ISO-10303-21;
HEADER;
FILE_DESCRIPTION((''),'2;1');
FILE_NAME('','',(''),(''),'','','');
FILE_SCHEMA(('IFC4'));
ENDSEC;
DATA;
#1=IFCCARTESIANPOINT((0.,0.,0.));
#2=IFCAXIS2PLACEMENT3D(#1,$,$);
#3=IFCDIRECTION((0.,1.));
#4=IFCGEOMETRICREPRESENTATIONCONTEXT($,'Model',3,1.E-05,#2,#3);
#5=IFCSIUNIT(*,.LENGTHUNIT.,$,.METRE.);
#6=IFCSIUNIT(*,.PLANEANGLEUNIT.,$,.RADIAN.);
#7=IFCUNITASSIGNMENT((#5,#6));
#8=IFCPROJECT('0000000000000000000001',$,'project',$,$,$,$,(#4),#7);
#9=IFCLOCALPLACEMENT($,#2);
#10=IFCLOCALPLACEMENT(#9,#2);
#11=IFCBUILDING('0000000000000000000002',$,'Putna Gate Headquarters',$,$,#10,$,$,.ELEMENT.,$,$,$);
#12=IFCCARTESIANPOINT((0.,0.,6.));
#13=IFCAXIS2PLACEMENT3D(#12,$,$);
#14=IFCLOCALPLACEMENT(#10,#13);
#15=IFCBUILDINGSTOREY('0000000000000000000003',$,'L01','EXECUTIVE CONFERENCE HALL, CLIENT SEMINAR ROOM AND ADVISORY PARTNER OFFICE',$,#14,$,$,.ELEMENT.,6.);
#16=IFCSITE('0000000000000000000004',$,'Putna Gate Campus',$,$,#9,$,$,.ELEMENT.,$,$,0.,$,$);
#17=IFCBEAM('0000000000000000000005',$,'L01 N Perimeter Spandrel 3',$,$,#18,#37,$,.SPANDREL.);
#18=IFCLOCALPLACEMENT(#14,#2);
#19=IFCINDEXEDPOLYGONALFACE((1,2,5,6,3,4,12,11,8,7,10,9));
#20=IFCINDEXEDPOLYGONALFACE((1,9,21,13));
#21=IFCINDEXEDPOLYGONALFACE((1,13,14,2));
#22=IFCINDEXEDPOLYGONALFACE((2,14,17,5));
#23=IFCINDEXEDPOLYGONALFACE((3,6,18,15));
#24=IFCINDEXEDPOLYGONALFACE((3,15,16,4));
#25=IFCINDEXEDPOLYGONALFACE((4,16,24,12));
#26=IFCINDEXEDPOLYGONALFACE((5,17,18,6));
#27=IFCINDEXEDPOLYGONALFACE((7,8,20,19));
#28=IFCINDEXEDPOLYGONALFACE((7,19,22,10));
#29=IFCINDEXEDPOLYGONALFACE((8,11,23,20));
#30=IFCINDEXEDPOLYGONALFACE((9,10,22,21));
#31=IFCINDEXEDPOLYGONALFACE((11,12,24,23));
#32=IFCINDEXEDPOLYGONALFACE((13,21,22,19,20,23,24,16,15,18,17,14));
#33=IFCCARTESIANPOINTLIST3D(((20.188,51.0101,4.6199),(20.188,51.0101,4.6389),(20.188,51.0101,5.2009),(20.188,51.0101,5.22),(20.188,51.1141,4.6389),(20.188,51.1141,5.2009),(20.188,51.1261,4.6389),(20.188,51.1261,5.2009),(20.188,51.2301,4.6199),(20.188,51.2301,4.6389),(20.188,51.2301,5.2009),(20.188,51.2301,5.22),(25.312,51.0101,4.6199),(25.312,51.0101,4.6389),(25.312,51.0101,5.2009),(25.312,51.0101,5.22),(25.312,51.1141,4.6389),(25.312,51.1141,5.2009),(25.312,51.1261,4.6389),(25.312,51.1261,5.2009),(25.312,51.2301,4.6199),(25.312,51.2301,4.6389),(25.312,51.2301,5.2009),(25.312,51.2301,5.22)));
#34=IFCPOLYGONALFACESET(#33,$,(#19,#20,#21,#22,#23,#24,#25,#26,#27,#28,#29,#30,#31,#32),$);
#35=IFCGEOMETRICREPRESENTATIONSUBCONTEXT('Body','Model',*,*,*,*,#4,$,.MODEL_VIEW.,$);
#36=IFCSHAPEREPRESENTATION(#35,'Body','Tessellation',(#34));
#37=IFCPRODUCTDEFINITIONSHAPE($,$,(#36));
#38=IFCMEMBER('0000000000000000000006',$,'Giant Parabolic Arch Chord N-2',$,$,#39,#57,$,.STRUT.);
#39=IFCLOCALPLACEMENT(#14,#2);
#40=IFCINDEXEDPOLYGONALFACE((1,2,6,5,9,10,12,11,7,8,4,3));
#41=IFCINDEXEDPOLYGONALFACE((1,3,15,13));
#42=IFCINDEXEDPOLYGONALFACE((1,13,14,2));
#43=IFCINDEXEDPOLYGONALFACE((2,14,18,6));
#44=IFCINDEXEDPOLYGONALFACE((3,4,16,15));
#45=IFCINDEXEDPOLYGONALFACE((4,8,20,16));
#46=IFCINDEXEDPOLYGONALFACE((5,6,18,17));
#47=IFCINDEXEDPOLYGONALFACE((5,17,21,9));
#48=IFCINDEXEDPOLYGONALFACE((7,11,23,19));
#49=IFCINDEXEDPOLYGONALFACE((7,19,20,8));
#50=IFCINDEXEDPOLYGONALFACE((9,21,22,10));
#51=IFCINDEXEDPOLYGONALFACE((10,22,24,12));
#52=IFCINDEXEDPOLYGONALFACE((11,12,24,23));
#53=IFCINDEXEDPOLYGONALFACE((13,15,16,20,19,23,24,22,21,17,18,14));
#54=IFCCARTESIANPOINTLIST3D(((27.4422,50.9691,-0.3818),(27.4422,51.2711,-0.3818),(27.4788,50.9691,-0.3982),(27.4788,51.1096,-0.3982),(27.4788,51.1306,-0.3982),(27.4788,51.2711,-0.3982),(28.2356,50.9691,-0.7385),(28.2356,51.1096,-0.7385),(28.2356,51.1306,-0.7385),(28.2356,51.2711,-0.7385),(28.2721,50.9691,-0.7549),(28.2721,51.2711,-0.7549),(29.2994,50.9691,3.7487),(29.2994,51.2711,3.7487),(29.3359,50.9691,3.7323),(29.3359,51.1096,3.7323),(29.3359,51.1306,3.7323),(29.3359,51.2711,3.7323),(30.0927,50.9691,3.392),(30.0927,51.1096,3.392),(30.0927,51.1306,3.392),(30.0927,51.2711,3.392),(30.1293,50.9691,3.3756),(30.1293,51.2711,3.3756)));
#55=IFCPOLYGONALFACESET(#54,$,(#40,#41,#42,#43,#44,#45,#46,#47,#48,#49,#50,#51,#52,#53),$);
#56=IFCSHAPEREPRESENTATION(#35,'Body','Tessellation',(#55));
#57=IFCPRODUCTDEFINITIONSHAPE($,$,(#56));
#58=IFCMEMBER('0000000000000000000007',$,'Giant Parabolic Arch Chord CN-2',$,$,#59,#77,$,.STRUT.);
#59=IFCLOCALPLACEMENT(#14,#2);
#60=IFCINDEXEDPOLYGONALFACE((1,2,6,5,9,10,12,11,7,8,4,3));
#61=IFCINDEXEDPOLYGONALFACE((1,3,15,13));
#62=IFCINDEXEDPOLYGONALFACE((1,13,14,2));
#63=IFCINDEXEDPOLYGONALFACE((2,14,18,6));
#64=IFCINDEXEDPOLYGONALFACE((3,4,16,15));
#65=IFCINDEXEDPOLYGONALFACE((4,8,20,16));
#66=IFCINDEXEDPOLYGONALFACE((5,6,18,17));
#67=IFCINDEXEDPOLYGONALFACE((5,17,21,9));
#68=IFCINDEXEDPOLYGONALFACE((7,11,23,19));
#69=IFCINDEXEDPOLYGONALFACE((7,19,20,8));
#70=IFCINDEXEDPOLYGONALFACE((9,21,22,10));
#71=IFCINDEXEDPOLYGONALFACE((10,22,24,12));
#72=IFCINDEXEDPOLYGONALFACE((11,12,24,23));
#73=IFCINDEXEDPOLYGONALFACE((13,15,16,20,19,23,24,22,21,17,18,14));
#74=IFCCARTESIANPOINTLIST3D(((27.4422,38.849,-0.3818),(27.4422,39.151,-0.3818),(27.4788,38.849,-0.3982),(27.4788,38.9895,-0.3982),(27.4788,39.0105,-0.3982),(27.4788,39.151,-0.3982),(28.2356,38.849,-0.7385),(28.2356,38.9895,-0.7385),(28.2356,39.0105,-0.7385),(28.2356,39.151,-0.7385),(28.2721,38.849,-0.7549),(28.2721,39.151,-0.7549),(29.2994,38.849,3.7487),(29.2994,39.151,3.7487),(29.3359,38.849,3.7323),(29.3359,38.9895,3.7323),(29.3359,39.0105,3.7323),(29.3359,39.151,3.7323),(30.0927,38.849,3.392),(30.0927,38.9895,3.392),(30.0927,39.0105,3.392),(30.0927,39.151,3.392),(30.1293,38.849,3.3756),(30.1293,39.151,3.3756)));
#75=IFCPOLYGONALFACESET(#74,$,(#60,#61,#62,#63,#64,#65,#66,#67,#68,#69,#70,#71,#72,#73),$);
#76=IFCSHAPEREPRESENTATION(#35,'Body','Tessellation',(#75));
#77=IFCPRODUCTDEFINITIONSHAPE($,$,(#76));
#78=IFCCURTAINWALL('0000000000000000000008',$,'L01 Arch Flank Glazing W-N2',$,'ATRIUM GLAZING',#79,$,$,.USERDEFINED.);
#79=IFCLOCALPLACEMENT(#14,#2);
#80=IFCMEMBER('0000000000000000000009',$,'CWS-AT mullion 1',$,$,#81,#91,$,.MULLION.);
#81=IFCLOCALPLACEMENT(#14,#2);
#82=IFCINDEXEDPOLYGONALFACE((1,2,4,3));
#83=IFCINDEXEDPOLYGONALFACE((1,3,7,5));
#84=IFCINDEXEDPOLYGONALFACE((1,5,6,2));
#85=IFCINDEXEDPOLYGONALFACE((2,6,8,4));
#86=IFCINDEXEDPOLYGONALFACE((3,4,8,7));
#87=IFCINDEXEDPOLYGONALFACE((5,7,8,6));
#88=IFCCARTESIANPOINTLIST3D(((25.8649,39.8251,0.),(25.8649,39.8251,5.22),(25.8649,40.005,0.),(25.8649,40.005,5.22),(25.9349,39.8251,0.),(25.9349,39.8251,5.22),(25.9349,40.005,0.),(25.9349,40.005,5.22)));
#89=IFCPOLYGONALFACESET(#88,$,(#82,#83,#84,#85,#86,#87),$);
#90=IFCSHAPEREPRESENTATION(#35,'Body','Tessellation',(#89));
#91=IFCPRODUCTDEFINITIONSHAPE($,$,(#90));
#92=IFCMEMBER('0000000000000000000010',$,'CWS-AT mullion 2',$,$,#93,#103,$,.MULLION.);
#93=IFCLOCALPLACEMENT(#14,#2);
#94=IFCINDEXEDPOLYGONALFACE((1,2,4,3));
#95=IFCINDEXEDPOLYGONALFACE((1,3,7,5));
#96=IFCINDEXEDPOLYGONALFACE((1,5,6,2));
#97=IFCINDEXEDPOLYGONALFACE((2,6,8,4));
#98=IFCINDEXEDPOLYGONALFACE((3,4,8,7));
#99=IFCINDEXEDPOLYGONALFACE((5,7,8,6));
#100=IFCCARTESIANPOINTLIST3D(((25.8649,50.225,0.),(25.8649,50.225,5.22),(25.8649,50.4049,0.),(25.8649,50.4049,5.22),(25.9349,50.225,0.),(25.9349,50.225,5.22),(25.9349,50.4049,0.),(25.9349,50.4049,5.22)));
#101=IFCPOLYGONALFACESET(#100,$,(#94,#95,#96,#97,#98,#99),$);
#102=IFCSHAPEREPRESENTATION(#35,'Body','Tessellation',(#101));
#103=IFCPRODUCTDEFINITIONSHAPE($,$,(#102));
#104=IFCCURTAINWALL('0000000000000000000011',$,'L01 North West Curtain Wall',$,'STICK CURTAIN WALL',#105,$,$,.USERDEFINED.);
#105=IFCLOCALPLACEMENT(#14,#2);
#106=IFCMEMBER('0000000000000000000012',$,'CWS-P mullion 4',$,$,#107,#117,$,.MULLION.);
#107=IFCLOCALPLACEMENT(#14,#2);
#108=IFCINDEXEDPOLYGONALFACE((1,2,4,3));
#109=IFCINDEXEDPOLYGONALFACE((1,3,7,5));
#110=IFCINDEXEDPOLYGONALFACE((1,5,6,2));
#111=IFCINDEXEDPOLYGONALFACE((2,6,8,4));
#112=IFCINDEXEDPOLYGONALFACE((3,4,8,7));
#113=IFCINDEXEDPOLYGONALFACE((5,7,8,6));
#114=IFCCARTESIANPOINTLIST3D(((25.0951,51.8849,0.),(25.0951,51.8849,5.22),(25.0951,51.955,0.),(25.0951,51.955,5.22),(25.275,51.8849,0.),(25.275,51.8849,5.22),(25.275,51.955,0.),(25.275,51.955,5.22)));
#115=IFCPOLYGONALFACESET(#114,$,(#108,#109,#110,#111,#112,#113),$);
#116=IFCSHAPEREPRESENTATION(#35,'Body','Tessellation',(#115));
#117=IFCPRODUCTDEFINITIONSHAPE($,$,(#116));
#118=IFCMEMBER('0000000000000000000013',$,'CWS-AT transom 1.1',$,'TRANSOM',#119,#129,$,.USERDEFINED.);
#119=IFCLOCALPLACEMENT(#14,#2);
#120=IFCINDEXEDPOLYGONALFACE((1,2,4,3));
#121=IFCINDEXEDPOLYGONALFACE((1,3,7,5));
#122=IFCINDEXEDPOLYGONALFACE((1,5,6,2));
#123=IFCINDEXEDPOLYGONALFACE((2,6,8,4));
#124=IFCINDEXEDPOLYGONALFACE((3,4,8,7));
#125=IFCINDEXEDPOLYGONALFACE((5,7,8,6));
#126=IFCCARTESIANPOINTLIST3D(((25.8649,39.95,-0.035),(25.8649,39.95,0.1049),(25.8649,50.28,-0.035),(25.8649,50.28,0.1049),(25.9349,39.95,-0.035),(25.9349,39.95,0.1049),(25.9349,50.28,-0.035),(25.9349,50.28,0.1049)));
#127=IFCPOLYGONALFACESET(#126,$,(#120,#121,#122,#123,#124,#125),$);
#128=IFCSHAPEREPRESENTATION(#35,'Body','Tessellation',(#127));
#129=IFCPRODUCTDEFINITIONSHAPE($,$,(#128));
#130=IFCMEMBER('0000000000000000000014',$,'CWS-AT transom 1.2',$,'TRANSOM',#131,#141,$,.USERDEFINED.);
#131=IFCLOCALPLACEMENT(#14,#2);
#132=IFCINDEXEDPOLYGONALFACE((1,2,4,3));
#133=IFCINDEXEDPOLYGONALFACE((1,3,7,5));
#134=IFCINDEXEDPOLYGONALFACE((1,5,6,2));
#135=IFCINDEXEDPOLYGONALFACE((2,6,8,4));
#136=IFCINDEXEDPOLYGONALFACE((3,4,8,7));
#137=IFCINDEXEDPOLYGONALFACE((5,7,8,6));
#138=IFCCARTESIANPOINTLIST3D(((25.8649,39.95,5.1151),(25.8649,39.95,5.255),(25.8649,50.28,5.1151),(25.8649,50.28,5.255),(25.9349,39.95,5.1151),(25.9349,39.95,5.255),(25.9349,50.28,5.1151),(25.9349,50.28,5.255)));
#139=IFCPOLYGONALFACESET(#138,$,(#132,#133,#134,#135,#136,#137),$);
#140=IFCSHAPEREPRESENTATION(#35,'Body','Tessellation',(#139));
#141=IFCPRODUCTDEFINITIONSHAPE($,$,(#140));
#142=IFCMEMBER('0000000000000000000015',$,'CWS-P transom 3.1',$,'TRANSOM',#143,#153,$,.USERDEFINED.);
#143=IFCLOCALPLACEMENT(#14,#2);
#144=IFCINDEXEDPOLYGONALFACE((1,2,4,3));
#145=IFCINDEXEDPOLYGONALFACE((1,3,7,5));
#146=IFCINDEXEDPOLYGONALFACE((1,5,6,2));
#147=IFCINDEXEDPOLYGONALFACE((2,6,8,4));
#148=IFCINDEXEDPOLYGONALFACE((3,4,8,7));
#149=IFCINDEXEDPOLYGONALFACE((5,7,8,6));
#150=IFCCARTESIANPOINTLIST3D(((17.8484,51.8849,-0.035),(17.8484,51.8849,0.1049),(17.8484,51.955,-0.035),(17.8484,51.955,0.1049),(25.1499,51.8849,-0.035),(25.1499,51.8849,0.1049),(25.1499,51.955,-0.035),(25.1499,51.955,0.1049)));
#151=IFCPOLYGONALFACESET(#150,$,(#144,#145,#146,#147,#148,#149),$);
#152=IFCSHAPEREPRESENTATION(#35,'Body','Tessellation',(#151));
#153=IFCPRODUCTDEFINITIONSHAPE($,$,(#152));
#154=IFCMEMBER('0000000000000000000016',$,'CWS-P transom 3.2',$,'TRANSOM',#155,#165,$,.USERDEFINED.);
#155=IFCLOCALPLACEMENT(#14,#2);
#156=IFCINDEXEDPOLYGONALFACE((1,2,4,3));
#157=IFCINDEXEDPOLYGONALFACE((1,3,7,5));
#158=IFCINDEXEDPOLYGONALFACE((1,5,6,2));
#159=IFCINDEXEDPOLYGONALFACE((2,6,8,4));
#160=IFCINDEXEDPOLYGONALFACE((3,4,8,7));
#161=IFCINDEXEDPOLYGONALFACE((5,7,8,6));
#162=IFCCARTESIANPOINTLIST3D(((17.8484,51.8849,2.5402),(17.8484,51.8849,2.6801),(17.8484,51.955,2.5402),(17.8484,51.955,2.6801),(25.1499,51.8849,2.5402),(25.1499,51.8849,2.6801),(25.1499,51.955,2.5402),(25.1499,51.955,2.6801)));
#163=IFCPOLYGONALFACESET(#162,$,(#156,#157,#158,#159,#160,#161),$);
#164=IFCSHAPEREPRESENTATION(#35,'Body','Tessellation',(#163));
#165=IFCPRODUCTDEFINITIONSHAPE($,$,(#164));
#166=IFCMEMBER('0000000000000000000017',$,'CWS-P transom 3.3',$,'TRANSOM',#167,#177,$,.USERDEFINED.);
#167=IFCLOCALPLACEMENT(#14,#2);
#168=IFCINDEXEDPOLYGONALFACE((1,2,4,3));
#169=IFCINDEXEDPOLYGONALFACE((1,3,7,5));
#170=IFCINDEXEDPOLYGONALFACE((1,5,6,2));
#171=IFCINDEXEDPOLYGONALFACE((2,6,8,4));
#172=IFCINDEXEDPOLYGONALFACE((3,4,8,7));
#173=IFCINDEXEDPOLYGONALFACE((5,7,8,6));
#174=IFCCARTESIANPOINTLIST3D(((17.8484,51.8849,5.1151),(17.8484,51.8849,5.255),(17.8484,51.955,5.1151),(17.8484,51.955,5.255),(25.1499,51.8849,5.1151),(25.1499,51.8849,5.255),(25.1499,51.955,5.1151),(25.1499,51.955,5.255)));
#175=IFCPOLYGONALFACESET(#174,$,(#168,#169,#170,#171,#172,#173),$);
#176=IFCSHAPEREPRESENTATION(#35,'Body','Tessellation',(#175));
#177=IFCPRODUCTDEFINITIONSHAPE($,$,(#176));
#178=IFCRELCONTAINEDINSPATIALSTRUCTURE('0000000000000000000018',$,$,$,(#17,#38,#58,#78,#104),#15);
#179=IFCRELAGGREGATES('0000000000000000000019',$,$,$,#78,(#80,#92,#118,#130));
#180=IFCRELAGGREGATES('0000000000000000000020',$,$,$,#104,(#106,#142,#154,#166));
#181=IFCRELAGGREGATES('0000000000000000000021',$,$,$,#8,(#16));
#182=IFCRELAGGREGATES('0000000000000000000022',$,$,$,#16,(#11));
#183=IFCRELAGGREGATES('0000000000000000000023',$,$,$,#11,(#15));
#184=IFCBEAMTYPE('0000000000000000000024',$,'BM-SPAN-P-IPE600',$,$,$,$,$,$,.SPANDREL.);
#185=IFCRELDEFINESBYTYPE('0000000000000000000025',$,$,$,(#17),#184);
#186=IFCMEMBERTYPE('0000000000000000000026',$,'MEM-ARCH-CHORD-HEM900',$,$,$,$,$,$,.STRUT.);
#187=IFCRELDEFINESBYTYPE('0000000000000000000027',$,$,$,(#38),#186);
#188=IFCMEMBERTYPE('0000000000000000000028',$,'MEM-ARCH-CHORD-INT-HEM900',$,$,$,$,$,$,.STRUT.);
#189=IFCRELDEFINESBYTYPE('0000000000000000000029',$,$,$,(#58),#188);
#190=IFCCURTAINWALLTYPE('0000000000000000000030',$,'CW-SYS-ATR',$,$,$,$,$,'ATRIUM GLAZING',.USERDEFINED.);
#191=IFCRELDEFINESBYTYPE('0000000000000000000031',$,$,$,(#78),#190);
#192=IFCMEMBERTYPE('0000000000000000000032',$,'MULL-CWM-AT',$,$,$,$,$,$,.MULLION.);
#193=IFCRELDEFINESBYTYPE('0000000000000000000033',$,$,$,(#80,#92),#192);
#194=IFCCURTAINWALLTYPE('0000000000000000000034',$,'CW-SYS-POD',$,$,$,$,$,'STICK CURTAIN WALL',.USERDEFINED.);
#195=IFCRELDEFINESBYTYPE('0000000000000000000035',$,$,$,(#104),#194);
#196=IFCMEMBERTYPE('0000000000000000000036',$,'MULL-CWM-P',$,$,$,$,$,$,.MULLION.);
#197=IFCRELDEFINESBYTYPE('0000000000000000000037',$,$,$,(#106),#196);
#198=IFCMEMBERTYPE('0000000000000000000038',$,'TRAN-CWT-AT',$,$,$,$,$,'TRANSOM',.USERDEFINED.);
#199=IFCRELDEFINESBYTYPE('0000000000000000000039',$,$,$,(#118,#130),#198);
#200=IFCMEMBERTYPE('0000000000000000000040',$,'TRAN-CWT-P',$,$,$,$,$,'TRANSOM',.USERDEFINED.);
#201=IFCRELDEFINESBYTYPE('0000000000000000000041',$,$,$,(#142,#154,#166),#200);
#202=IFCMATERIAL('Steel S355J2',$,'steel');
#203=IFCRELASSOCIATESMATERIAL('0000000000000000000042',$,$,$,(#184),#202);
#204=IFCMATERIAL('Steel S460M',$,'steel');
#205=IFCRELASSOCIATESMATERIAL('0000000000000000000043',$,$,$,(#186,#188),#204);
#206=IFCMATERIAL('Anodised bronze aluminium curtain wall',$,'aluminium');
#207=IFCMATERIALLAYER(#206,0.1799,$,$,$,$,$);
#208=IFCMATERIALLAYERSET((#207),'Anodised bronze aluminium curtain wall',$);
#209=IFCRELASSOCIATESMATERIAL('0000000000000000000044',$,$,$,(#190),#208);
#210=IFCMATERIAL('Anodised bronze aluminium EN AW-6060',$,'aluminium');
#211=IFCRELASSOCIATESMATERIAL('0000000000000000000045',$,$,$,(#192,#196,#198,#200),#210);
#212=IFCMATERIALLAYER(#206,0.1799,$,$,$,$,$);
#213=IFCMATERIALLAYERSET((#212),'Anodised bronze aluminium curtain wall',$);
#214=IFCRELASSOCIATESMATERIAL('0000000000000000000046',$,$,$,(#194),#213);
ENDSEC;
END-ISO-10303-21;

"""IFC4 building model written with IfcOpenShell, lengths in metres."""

from ifc_helpers import new_model, si_unit, direction, frame, origin, origin_2d, place, context, subcontext, project, spatial, rectangle, i_section, extrude, material, layer, layer_set, material_profile, profile_set, type_object, element, aggregate, save


model = new_model("IFC4")

# Units and contexts
model_context = context("Model", 3, precision=1e-05, world=origin(), true_north=direction((0.0, 1.0)))
body_context = subcontext(model_context, "Body", "Model", "MODEL_VIEW")
ifc_project = project(units=[si_unit("LENGTHUNIT", "METRE"), si_unit("PLANEANGLEUNIT", "RADIAN")], contexts=[model_context])

# Site, building, storey
site_placement = place(None, origin())
site = spatial("IfcSite", under=ifc_project, at=site_placement, Name="Putna Gate Campus", CompositionType="ELEMENT", RefElevation=0.0)
building_placement = place(site_placement, origin())
building = spatial("IfcBuilding", under=site, at=building_placement, Name="Putna Gate Headquarters", CompositionType="ELEMENT")
storey_placement = place(building_placement, frame((0.0, 0.0, 6.0)))
storey = spatial("IfcBuildingStorey", under=building, at=storey_placement, Name="L01", Description="EXECUTIVE CONFERENCE HALL, CLIENT SEMINAR ROOM AND ADVISORY PARTNER OFFICE", CompositionType="ELEMENT", Elevation=6.0)

# Beam
ifc_material_1 = material(Name="Steel S355J2", Category="steel")
ifc_material_profile_1 = material_profile(ifc_material_1, i_section(OverallWidth=0.22, OverallDepth=0.6001, WebThickness=0.012, FlangeThickness=0.019, at=origin_2d()), Name="Steel S355J2")
ifc_profile_set_1 = profile_set([ifc_material_profile_1], Name="Steel S355J2")
beam_type_1 = type_object("IfcBeamType", Name="BM-SPAN-P-IPE600", PredefinedType="SPANDREL", material=ifc_profile_set_1)
beam_1_placement = place(storey_placement, frame((20.188, 51.1201, 4.9199), z_axis=(1.0, 0.0, 0.0), x_axis=(0.0, 1.0, 0.0)))
element("IfcBeam", 1, at=beam_1_placement, inside=storey, type_object=beam_type_1, Name="L01 N Perimeter Spandrel 3", PredefinedType="SPANDREL", context=body_context, shape_type="SweptSolid", body=[
    extrude(i_section(OverallWidth=0.22, OverallDepth=0.6001, WebThickness=0.012, FlangeThickness=0.019, at=origin_2d()), origin(), (0.0, 0.0, 1.0), 5.124),
])

# Members
ifc_material_2 = material(Name="Steel S460M", Category="steel")
ifc_material_profile_2 = material_profile(ifc_material_2, i_section(OverallWidth=0.302, OverallDepth=0.9099, WebThickness=0.021, FlangeThickness=0.04, at=origin_2d()), Name="Steel S460M")
ifc_profile_set_2 = profile_set([ifc_material_profile_2], Name="Steel S460M")
member_type_1 = type_object("IfcMemberType", Name="MEM-ARCH-CHORD-HEM900", PredefinedType="STRUT", material=ifc_profile_set_2)
member_1_placement = place(storey_placement, frame((27.8572, 51.1201, -0.5684), z_axis=(0.410071, 0.0, 0.912054), x_axis=(0.0, 1.0, 0.0)))
element("IfcMember", 2, at=member_1_placement, inside=storey, type_object=member_type_1, Name="Giant Parabolic Arch Chord N-2", PredefinedType="STRUT", context=body_context, shape_type="SweptSolid", body=[
    extrude(i_section(OverallWidth=0.302, OverallDepth=0.9099, WebThickness=0.021, FlangeThickness=0.04, at=origin_2d()), origin(), (0.0, 0.0, 1.0), 4.5288),
])
ifc_material_profile_3 = material_profile(ifc_material_2, i_section(OverallWidth=0.302, OverallDepth=0.9099, WebThickness=0.021, FlangeThickness=0.04, at=origin_2d()), Name="Steel S460M")
ifc_profile_set_3 = profile_set([ifc_material_profile_3], Name="Steel S460M")
member_type_2 = type_object("IfcMemberType", Name="MEM-ARCH-CHORD-INT-HEM900", PredefinedType="STRUT", material=ifc_profile_set_3)
member_2_placement = place(storey_placement, frame((27.8572, 39.0, -0.5684), z_axis=(0.410071, 0.0, 0.912054), x_axis=(0.0, 1.0, 0.0)))
element("IfcMember", 3, at=member_2_placement, inside=storey, type_object=member_type_2, Name="Giant Parabolic Arch Chord CN-2", PredefinedType="STRUT", context=body_context, shape_type="SweptSolid", body=[
    extrude(i_section(OverallWidth=0.302, OverallDepth=0.9099, WebThickness=0.021, FlangeThickness=0.04, at=origin_2d()), origin(), (0.0, 0.0, 1.0), 4.5288),
])

# Curtain wall, members
ifc_material_3 = material(Name="Anodised bronze aluminium curtain wall", Category="aluminium")
ifc_layer_1 = layer(ifc_material_3, 0.1799)
ifc_layer_set_1 = layer_set([ifc_layer_1], Name="Anodised bronze aluminium curtain wall")
curtain_wall_type_1 = type_object("IfcCurtainWallType", Name="CW-SYS-ATR", ElementType="ATRIUM GLAZING", PredefinedType="USERDEFINED", material=ifc_layer_set_1)
curtain_wall_1_placement = place(storey_placement, origin())
curtain_wall_1 = element("IfcCurtainWall", 4, at=curtain_wall_1_placement, inside=storey, type_object=curtain_wall_type_1, Name="L01 Arch Flank Glazing W-N2", ObjectType="ATRIUM GLAZING", PredefinedType="USERDEFINED")
ifc_material_4 = material(Name="Anodised bronze aluminium EN AW-6060", Category="aluminium")
ifc_material_profile_4 = material_profile(ifc_material_4, rectangle(XDim=0.0701, YDim=0.1799, at=origin_2d()), Name="Anodised bronze aluminium EN AW-6060")
ifc_profile_set_4 = profile_set([ifc_material_profile_4], Name="Anodised bronze aluminium EN AW-6060")
member_type_3 = type_object("IfcMemberType", Name="MULL-CWM-AT", PredefinedType="MULLION", material=ifc_profile_set_4)
member_3_placement = place(storey_placement, frame((25.8999, 39.915, 0.0), z_axis=(0.0, 0.0, 1.0), x_axis=(-1.0, 0.0, 0.0)))
member_3 = element("IfcMember", 5, at=member_3_placement, type_object=member_type_3, Name="CWS-AT mullion 1", PredefinedType="MULLION", context=body_context, shape_type="SweptSolid", body=[
    extrude(rectangle(XDim=0.0701, YDim=0.1799, at=origin_2d()), origin(), (0.0, 0.0, 1.0), 5.22),
])
member_4_placement = place(storey_placement, frame((25.8999, 50.3149, 0.0), z_axis=(0.0, 0.0, 1.0), x_axis=(-1.0, 0.0, 0.0)))
member_4 = element("IfcMember", 6, at=member_4_placement, type_object=member_type_3, Name="CWS-AT mullion 2", PredefinedType="MULLION", context=body_context, shape_type="SweptSolid", body=[
    extrude(rectangle(XDim=0.0701, YDim=0.1799, at=origin_2d()), origin(), (0.0, 0.0, 1.0), 5.22),
])

# Curtain wall, member
ifc_layer_2 = layer(ifc_material_3, 0.1799)
ifc_layer_set_2 = layer_set([ifc_layer_2], Name="Anodised bronze aluminium curtain wall")
curtain_wall_type_2 = type_object("IfcCurtainWallType", Name="CW-SYS-POD", ElementType="STICK CURTAIN WALL", PredefinedType="USERDEFINED", material=ifc_layer_set_2)
curtain_wall_2_placement = place(storey_placement, origin())
curtain_wall_2 = element("IfcCurtainWall", 7, at=curtain_wall_2_placement, inside=storey, type_object=curtain_wall_type_2, Name="L01 North West Curtain Wall", ObjectType="STICK CURTAIN WALL", PredefinedType="USERDEFINED")
ifc_material_profile_5 = material_profile(ifc_material_4, rectangle(XDim=0.0701, YDim=0.1799, at=origin_2d()), Name="Anodised bronze aluminium EN AW-6060")
ifc_profile_set_5 = profile_set([ifc_material_profile_5], Name="Anodised bronze aluminium EN AW-6060")
member_type_4 = type_object("IfcMemberType", Name="MULL-CWM-P", PredefinedType="MULLION", material=ifc_profile_set_5)
member_5_placement = place(storey_placement, frame((25.1851, 51.9199, 0.0), z_axis=(0.0, 0.0, 1.0), x_axis=(0.0, 1.0, 0.0)))
member_5 = element("IfcMember", 8, at=member_5_placement, type_object=member_type_4, Name="CWS-P mullion 4", PredefinedType="MULLION", context=body_context, shape_type="SweptSolid", body=[
    extrude(rectangle(XDim=0.0701, YDim=0.1799, at=origin_2d()), origin(), (0.0, 0.0, 1.0), 5.22),
])

# Members
ifc_material_profile_6 = material_profile(ifc_material_4, rectangle(XDim=0.0701, YDim=0.1399, at=origin_2d()), Name="Anodised bronze aluminium EN AW-6060")
ifc_profile_set_6 = profile_set([ifc_material_profile_6], Name="Anodised bronze aluminium EN AW-6060")
member_type_5 = type_object("IfcMemberType", Name="TRAN-CWT-AT", ElementType="TRANSOM", PredefinedType="USERDEFINED", material=ifc_profile_set_6)
member_6_placement = place(storey_placement, frame((25.8999, 39.95, 0.0349), z_axis=(0.0, 1.0, 0.0), x_axis=(-1.0, 0.0, 0.0)))
member_6 = element("IfcMember", 9, at=member_6_placement, type_object=member_type_5, Name="CWS-AT transom 1.1", ObjectType="TRANSOM", PredefinedType="USERDEFINED", context=body_context, shape_type="SweptSolid", body=[
    extrude(rectangle(XDim=0.0701, YDim=0.1399, at=origin_2d()), origin(), (0.0, 0.0, 1.0), 10.3301),
])
member_7_placement = place(storey_placement, frame((25.8999, 39.95, 5.1851), z_axis=(0.0, 1.0, 0.0), x_axis=(-1.0, 0.0, 0.0)))
member_7 = element("IfcMember", 10, at=member_7_placement, type_object=member_type_5, Name="CWS-AT transom 1.2", ObjectType="TRANSOM", PredefinedType="USERDEFINED", context=body_context, shape_type="SweptSolid", body=[
    extrude(rectangle(XDim=0.0701, YDim=0.1399, at=origin_2d()), origin(), (0.0, 0.0, 1.0), 10.3301),
])
ifc_material_profile_7 = material_profile(ifc_material_4, rectangle(XDim=0.0701, YDim=0.1399, at=origin_2d()), Name="Anodised bronze aluminium EN AW-6060")
ifc_profile_set_7 = profile_set([ifc_material_profile_7], Name="Anodised bronze aluminium EN AW-6060")
member_type_6 = type_object("IfcMemberType", Name="TRAN-CWT-P", ElementType="TRANSOM", PredefinedType="USERDEFINED", material=ifc_profile_set_7)
member_8_placement = place(storey_placement, frame((17.8484, 51.9199, 0.0349), z_axis=(1.0, 0.0, 0.0), x_axis=(0.0, 1.0, 0.0)))
member_8 = element("IfcMember", 11, at=member_8_placement, type_object=member_type_6, Name="CWS-P transom 3.1", ObjectType="TRANSOM", PredefinedType="USERDEFINED", context=body_context, shape_type="SweptSolid", body=[
    extrude(rectangle(XDim=0.0701, YDim=0.1399, at=origin_2d()), origin(), (0.0, 0.0, 1.0), 7.3015),
])
member_9_placement = place(storey_placement, frame((17.8484, 51.9199, 2.6101), z_axis=(1.0, 0.0, 0.0), x_axis=(0.0, 1.0, 0.0)))
member_9 = element("IfcMember", 12, at=member_9_placement, type_object=member_type_6, Name="CWS-P transom 3.2", ObjectType="TRANSOM", PredefinedType="USERDEFINED", context=body_context, shape_type="SweptSolid", body=[
    extrude(rectangle(XDim=0.0701, YDim=0.1399, at=origin_2d()), origin(), (0.0, 0.0, 1.0), 7.3015),
])
member_10_placement = place(storey_placement, frame((17.8484, 51.9199, 5.1851), z_axis=(1.0, 0.0, 0.0), x_axis=(0.0, 1.0, 0.0)))
member_10 = element("IfcMember", 13, at=member_10_placement, type_object=member_type_6, Name="CWS-P transom 3.3", ObjectType="TRANSOM", PredefinedType="USERDEFINED", context=body_context, shape_type="SweptSolid", body=[
    extrude(rectangle(XDim=0.0701, YDim=0.1399, at=origin_2d()), origin(), (0.0, 0.0, 1.0), 7.3015),
])

aggregate(curtain_wall_1, [member_3, member_4, member_6, member_7])
aggregate(curtain_wall_2, [member_5, member_8, member_9, member_10])

save(model, "model.ifc")
